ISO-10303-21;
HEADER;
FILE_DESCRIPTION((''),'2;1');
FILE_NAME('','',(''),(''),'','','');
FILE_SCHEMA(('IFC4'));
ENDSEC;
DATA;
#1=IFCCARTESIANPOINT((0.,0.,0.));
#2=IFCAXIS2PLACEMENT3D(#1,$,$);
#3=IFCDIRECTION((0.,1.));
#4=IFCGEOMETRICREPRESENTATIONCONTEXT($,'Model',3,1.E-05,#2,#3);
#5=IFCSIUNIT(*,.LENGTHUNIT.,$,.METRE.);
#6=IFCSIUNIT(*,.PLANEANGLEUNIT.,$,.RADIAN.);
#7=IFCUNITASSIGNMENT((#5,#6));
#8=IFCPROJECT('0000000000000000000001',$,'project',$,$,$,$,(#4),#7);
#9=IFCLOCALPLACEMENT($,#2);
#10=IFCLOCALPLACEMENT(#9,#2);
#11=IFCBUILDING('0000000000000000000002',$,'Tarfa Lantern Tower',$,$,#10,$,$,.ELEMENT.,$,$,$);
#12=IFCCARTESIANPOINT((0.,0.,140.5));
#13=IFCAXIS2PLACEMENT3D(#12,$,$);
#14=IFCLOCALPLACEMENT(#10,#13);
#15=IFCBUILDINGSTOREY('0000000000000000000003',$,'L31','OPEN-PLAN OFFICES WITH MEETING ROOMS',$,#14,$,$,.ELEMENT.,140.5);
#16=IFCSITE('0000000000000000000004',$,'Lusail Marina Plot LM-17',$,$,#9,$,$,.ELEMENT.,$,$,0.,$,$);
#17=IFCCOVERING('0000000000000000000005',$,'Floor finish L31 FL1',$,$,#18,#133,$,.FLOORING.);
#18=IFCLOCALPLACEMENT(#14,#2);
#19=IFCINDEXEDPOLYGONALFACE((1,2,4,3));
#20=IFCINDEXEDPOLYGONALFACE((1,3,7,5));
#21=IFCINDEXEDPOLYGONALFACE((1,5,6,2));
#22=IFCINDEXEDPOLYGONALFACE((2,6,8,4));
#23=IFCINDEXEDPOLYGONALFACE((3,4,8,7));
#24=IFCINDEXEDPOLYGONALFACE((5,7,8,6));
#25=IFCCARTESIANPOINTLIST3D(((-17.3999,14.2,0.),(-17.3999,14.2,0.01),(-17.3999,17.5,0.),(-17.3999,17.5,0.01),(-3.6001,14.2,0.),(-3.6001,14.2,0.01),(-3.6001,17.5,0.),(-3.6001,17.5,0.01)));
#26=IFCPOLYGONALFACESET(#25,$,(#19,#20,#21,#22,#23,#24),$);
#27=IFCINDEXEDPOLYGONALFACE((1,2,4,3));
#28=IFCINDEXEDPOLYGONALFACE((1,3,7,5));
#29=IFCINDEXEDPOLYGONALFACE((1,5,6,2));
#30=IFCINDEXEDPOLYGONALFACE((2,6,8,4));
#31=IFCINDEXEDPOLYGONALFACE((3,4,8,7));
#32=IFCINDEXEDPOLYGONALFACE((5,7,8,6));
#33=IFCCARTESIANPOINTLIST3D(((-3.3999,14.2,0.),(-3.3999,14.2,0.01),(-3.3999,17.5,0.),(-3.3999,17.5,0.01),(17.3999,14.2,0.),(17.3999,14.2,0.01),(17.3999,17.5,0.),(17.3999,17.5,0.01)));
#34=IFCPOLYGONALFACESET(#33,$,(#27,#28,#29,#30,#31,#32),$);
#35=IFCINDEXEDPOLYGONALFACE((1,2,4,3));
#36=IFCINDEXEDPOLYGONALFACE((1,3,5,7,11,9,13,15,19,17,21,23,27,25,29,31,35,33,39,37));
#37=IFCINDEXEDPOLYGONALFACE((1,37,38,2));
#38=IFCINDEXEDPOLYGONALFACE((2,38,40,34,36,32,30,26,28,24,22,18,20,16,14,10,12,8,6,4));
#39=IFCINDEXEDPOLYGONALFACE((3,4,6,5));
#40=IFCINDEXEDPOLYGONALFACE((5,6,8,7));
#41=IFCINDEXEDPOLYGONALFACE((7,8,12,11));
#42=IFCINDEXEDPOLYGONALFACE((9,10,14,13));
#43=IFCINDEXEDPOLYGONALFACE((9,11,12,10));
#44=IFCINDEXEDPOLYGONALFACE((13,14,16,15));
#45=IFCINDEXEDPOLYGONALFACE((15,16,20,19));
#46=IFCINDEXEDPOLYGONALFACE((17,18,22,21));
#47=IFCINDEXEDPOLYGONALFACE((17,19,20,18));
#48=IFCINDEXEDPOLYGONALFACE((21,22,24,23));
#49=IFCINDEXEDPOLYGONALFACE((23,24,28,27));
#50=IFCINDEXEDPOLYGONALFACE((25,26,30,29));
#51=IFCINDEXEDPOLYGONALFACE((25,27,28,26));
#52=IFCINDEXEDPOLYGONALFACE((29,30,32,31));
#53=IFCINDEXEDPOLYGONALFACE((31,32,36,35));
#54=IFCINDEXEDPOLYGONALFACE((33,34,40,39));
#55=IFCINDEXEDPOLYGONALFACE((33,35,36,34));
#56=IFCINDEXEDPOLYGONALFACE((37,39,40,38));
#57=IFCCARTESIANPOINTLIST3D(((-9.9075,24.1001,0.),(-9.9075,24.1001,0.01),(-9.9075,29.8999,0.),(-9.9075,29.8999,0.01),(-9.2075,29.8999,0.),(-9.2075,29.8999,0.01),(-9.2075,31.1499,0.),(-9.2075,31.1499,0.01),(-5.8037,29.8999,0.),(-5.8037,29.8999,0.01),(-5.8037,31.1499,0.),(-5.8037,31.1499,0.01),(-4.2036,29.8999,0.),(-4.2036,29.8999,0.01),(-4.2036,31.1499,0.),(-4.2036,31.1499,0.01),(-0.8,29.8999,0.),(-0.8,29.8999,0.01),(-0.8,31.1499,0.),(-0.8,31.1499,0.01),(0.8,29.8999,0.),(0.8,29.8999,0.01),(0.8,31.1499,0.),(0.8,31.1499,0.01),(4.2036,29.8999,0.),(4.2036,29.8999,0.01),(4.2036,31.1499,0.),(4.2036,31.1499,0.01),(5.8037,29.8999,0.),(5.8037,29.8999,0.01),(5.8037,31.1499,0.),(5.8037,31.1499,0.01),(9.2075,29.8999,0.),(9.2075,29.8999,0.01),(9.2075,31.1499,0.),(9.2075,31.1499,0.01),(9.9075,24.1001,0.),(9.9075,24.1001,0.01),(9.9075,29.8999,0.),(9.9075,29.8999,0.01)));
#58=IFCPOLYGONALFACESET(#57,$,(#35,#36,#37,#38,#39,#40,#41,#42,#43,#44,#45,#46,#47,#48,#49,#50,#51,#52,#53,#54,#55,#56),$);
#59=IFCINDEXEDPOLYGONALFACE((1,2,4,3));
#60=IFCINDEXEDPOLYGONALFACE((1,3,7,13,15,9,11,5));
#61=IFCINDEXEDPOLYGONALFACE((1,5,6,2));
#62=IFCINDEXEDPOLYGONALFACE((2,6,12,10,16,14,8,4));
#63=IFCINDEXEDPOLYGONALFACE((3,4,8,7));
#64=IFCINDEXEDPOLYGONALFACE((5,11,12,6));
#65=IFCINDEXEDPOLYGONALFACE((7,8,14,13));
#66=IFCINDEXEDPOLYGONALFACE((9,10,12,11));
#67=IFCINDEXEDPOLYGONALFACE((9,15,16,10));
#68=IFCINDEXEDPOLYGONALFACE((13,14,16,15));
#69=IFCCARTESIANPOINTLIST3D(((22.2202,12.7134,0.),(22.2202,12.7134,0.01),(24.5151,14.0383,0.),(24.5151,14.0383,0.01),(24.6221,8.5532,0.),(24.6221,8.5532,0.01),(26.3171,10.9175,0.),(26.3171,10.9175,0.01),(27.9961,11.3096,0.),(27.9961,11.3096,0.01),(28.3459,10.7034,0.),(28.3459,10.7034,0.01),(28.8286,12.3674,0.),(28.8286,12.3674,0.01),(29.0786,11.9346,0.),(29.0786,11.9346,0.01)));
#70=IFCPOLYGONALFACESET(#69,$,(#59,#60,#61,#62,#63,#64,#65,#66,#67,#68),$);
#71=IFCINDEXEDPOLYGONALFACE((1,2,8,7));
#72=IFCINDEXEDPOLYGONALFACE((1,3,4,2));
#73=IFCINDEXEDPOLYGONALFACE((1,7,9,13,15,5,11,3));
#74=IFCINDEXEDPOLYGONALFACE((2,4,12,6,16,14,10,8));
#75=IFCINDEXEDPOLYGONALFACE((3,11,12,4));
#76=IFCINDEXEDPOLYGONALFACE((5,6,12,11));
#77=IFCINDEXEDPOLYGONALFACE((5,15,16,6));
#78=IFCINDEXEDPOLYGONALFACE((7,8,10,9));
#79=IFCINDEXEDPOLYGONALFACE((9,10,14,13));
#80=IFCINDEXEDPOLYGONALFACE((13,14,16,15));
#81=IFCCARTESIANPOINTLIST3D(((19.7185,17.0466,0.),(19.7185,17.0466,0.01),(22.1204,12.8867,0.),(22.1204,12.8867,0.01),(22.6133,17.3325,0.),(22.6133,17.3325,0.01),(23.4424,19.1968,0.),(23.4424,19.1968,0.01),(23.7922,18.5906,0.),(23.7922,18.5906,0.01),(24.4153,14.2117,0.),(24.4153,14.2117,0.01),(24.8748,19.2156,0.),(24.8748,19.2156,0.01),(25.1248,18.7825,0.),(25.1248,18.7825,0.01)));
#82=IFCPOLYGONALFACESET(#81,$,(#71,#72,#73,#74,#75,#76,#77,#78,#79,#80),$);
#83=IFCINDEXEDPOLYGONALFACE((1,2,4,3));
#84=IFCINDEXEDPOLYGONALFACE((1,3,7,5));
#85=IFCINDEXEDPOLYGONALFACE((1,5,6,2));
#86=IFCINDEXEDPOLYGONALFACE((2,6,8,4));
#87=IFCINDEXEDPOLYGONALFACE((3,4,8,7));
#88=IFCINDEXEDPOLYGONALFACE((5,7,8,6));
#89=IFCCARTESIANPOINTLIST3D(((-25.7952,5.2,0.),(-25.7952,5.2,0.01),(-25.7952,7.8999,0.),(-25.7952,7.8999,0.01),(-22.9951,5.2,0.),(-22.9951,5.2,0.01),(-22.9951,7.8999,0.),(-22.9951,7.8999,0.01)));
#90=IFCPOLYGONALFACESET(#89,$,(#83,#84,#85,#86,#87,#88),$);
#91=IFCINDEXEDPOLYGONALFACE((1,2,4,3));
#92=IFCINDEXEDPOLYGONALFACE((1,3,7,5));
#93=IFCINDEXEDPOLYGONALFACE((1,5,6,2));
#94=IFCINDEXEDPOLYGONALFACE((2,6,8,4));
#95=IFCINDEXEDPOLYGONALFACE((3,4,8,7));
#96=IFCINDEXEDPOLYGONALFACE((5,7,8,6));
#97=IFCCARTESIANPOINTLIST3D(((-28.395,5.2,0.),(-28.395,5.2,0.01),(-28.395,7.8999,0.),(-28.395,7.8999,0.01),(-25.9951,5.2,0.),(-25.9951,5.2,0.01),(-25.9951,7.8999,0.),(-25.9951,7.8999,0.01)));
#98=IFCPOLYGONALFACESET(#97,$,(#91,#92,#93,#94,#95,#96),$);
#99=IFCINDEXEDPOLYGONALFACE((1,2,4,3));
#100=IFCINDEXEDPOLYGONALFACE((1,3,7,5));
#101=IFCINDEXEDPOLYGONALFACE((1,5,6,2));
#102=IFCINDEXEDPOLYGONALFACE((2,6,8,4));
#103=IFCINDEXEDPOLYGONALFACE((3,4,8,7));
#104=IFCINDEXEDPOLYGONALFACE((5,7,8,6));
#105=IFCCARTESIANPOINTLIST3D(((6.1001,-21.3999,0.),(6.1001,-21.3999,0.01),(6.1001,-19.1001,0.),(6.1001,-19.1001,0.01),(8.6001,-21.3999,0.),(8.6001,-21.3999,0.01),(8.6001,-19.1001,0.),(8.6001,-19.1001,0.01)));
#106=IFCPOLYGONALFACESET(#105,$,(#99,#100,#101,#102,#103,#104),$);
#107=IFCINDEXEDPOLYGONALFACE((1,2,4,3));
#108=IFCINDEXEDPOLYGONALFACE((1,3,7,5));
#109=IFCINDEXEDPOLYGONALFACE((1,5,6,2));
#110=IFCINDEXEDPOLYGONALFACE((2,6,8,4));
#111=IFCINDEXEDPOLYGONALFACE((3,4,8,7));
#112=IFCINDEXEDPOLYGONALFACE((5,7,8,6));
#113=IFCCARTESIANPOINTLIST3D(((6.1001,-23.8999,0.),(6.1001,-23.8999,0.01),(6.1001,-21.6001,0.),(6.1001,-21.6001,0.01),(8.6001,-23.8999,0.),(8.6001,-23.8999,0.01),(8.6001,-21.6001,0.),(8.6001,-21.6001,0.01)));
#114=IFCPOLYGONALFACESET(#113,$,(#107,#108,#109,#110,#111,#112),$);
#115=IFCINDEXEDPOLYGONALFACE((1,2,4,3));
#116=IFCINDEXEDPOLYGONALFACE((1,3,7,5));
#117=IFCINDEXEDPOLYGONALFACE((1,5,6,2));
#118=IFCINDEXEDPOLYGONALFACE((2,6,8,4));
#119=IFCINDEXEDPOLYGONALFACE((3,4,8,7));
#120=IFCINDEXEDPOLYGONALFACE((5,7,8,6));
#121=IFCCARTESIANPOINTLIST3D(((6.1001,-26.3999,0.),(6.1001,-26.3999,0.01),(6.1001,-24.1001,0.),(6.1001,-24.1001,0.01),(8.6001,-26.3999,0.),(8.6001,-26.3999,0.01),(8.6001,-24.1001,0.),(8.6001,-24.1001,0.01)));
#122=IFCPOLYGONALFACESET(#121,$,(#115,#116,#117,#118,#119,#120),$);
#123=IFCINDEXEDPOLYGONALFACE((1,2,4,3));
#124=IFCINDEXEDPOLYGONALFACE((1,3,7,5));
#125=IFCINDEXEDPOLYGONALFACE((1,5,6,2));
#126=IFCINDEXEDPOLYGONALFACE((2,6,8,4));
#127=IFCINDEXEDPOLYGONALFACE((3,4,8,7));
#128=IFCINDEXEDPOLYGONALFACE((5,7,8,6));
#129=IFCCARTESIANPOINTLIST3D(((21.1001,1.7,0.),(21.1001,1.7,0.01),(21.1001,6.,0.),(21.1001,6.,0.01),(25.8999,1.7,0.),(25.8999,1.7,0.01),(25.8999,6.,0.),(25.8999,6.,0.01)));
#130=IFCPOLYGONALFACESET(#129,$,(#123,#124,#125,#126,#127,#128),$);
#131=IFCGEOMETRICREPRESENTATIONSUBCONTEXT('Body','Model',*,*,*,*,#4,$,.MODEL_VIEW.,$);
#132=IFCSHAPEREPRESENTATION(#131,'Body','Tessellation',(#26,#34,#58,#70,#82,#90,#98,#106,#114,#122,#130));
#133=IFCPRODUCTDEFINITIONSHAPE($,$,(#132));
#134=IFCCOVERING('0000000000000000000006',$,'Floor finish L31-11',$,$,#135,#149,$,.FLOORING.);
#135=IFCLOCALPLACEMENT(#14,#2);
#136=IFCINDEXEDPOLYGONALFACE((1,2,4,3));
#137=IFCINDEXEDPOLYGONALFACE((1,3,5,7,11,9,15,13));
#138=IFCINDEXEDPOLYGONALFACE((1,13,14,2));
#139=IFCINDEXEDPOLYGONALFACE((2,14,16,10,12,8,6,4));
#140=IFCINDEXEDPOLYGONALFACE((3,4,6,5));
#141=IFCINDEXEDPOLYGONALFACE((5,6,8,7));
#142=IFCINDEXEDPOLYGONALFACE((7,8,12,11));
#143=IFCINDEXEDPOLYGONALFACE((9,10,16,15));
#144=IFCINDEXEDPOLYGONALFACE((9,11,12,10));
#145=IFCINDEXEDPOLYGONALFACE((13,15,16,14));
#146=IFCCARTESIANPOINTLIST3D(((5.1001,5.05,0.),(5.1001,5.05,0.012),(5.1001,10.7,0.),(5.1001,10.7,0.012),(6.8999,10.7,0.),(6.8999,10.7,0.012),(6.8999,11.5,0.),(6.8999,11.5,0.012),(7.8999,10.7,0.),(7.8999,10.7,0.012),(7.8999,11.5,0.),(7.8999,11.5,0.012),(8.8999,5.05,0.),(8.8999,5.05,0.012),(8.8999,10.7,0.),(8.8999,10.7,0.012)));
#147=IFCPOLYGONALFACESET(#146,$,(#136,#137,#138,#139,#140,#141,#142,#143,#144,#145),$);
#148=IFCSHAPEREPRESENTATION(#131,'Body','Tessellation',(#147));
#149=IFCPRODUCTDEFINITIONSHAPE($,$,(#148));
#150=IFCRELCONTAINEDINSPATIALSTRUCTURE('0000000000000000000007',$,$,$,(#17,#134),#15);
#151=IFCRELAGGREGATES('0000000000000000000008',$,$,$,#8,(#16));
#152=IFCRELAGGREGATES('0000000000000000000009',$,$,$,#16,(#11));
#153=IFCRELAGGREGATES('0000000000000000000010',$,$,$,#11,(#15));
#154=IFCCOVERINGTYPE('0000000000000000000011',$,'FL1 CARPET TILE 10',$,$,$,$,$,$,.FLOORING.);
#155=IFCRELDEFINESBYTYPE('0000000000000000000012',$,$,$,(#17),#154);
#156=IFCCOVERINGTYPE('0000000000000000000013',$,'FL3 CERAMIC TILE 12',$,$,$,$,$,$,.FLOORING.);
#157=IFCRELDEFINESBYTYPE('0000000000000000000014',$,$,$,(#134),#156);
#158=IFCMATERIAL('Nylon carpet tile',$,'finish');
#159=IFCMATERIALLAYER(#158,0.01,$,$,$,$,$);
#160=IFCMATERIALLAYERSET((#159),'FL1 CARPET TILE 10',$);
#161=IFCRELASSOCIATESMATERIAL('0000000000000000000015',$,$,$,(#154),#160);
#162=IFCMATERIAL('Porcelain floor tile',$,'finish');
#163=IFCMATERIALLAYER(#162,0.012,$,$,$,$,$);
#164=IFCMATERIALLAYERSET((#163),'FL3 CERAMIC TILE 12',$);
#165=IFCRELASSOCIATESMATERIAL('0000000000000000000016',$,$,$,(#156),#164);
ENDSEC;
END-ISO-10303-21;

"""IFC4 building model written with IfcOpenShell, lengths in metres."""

from ifc_helpers import new_model, si_unit, direction, frame, origin, place, context, subcontext, project, spatial, polyline, outline, extrude, material, layer, layer_set, type_object, element, save


model = new_model("IFC4")

# Units and contexts
model_context = context("Model", 3, precision=1e-05, world=origin(), true_north=direction((0.0, 1.0)))
body_context = subcontext(model_context, "Body", "Model", "MODEL_VIEW")
ifc_project = project(units=[si_unit("LENGTHUNIT", "METRE"), si_unit("PLANEANGLEUNIT", "RADIAN")], contexts=[model_context])

# Site, building, storey
site_placement = place(None, origin())
site = spatial("IfcSite", under=ifc_project, at=site_placement, Name="Lusail Marina Plot LM-17", CompositionType="ELEMENT", RefElevation=0.0)
building_placement = place(site_placement, origin())
building = spatial("IfcBuilding", under=site, at=building_placement, Name="Tarfa Lantern Tower", CompositionType="ELEMENT")
storey_placement = place(building_placement, frame((0.0, 0.0, 140.5)))
storey = spatial("IfcBuildingStorey", under=building, at=storey_placement, Name="L31", Description="OPEN-PLAN OFFICES WITH MEETING ROOMS", CompositionType="ELEMENT", Elevation=140.5)

# Coverings
ifc_material_1 = material(Name="Nylon carpet tile", Category="finish")
ifc_layer_1 = layer(ifc_material_1, 0.01)
ifc_layer_set_1 = layer_set([ifc_layer_1], Name="FL1 CARPET TILE 10")
covering_type_1 = type_object("IfcCoveringType", Name="FL1 CARPET TILE 10", PredefinedType="FLOORING", material=ifc_layer_set_1)
covering_1_placement = place(storey_placement, origin())
element("IfcCovering", 1, at=covering_1_placement, inside=storey, type_object=covering_type_1, Name="Floor finish L31 FL1", PredefinedType="FLOORING", context=body_context, shape_type="SweptSolid", body=[
    extrude(outline(polyline([(-17.3999, 17.5), (-3.6001, 17.5), (-3.6001, 14.2), (-17.3999, 14.2), (-17.3999, 17.5)])), origin(), (0.0, 0.0, 1.0), 0.01),
    extrude(outline(polyline([(-3.3999, 17.5), (17.3999, 17.5), (17.3999, 14.2), (-3.3999, 14.2), (-3.3999, 17.5)])), origin(), (0.0, 0.0, 1.0), 0.01),
    extrude(outline(polyline([(9.9075, 24.1001), (-9.9075, 24.1001), (-9.9075, 29.8999), (-9.2075, 29.8999), (-9.2075, 31.1499), (-5.8037, 31.1499), (-5.8037, 29.8999), (-4.2036, 29.8999), (-4.2036, 31.1499), (-0.8, 31.1499), (-0.8, 29.8999), (0.8, 29.8999), (0.8, 31.1499), (4.2036, 31.1499), (4.2036, 29.8999), (5.8037, 29.8999), (5.8037, 31.1499), (9.2075, 31.1499), (9.2075, 29.8999), (9.9075, 29.8999), (9.9075, 24.1001)])), origin(), (0.0, 0.0, 1.0), 0.01),
    extrude(outline(polyline([(24.6221, 8.5532), (22.2202, 12.7134), (24.5151, 14.0383), (26.3171, 10.9175), (28.8286, 12.3674), (29.0786, 11.9346), (27.9961, 11.3096), (28.3459, 10.7034), (24.6221, 8.5532)])), origin(), (0.0, 0.0, 1.0), 0.01),
    extrude(outline(polyline([(19.7185, 17.0466), (23.4424, 19.1968), (23.7922, 18.5906), (24.8748, 19.2156), (25.1248, 18.7825), (22.6133, 17.3325), (24.4153, 14.2117), (22.1204, 12.8867), (19.7185, 17.0466)])), origin(), (0.0, 0.0, 1.0), 0.01),
    extrude(outline(polyline([(-25.7952, 5.2), (-25.7952, 7.8999), (-22.9951, 7.8999), (-22.9951, 5.2), (-25.7952, 5.2)])), origin(), (0.0, 0.0, 1.0), 0.01),
    extrude(outline(polyline([(-28.395, 5.2), (-28.395, 7.8999), (-25.9951, 7.8999), (-25.9951, 5.2), (-28.395, 5.2)])), origin(), (0.0, 0.0, 1.0), 0.01),
    extrude(outline(polyline([(6.1001, -21.3999), (6.1001, -19.1001), (8.6001, -19.1001), (8.6001, -21.3999), (6.1001, -21.3999)])), origin(), (0.0, 0.0, 1.0), 0.01),
    extrude(outline(polyline([(6.1001, -23.8999), (6.1001, -21.6001), (8.6001, -21.6001), (8.6001, -23.8999), (6.1001, -23.8999)])), origin(), (0.0, 0.0, 1.0), 0.01),
    extrude(outline(polyline([(6.1001, -26.3999), (6.1001, -24.1001), (8.6001, -24.1001), (8.6001, -26.3999), (6.1001, -26.3999)])), origin(), (0.0, 0.0, 1.0), 0.01),
    extrude(outline(polyline([(21.1001, 6.0), (25.8999, 6.0), (25.8999, 1.7), (21.1001, 1.7), (21.1001, 6.0)])), origin(), (0.0, 0.0, 1.0), 0.01),
])
ifc_material_2 = material(Name="Porcelain floor tile", Category="finish")
ifc_layer_2 = layer(ifc_material_2, 0.012)
ifc_layer_set_2 = layer_set([ifc_layer_2], Name="FL3 CERAMIC TILE 12")
covering_type_2 = type_object("IfcCoveringType", Name="FL3 CERAMIC TILE 12", PredefinedType="FLOORING", material=ifc_layer_set_2)
covering_2_placement = place(storey_placement, origin())
element("IfcCovering", 2, at=covering_2_placement, inside=storey, type_object=covering_type_2, Name="Floor finish L31-11", PredefinedType="FLOORING", context=body_context, shape_type="SweptSolid", body=[
    extrude(outline(polyline([(5.1001, 5.05), (8.8999, 5.05), (8.8999, 10.7), (7.8999, 10.7), (7.8999, 11.5), (6.8999, 11.5), (6.8999, 10.7), (5.1001, 10.7), (5.1001, 5.05)])), origin(), (0.0, 0.0, 1.0), 0.012),
])

save(model, "model.ifc")
